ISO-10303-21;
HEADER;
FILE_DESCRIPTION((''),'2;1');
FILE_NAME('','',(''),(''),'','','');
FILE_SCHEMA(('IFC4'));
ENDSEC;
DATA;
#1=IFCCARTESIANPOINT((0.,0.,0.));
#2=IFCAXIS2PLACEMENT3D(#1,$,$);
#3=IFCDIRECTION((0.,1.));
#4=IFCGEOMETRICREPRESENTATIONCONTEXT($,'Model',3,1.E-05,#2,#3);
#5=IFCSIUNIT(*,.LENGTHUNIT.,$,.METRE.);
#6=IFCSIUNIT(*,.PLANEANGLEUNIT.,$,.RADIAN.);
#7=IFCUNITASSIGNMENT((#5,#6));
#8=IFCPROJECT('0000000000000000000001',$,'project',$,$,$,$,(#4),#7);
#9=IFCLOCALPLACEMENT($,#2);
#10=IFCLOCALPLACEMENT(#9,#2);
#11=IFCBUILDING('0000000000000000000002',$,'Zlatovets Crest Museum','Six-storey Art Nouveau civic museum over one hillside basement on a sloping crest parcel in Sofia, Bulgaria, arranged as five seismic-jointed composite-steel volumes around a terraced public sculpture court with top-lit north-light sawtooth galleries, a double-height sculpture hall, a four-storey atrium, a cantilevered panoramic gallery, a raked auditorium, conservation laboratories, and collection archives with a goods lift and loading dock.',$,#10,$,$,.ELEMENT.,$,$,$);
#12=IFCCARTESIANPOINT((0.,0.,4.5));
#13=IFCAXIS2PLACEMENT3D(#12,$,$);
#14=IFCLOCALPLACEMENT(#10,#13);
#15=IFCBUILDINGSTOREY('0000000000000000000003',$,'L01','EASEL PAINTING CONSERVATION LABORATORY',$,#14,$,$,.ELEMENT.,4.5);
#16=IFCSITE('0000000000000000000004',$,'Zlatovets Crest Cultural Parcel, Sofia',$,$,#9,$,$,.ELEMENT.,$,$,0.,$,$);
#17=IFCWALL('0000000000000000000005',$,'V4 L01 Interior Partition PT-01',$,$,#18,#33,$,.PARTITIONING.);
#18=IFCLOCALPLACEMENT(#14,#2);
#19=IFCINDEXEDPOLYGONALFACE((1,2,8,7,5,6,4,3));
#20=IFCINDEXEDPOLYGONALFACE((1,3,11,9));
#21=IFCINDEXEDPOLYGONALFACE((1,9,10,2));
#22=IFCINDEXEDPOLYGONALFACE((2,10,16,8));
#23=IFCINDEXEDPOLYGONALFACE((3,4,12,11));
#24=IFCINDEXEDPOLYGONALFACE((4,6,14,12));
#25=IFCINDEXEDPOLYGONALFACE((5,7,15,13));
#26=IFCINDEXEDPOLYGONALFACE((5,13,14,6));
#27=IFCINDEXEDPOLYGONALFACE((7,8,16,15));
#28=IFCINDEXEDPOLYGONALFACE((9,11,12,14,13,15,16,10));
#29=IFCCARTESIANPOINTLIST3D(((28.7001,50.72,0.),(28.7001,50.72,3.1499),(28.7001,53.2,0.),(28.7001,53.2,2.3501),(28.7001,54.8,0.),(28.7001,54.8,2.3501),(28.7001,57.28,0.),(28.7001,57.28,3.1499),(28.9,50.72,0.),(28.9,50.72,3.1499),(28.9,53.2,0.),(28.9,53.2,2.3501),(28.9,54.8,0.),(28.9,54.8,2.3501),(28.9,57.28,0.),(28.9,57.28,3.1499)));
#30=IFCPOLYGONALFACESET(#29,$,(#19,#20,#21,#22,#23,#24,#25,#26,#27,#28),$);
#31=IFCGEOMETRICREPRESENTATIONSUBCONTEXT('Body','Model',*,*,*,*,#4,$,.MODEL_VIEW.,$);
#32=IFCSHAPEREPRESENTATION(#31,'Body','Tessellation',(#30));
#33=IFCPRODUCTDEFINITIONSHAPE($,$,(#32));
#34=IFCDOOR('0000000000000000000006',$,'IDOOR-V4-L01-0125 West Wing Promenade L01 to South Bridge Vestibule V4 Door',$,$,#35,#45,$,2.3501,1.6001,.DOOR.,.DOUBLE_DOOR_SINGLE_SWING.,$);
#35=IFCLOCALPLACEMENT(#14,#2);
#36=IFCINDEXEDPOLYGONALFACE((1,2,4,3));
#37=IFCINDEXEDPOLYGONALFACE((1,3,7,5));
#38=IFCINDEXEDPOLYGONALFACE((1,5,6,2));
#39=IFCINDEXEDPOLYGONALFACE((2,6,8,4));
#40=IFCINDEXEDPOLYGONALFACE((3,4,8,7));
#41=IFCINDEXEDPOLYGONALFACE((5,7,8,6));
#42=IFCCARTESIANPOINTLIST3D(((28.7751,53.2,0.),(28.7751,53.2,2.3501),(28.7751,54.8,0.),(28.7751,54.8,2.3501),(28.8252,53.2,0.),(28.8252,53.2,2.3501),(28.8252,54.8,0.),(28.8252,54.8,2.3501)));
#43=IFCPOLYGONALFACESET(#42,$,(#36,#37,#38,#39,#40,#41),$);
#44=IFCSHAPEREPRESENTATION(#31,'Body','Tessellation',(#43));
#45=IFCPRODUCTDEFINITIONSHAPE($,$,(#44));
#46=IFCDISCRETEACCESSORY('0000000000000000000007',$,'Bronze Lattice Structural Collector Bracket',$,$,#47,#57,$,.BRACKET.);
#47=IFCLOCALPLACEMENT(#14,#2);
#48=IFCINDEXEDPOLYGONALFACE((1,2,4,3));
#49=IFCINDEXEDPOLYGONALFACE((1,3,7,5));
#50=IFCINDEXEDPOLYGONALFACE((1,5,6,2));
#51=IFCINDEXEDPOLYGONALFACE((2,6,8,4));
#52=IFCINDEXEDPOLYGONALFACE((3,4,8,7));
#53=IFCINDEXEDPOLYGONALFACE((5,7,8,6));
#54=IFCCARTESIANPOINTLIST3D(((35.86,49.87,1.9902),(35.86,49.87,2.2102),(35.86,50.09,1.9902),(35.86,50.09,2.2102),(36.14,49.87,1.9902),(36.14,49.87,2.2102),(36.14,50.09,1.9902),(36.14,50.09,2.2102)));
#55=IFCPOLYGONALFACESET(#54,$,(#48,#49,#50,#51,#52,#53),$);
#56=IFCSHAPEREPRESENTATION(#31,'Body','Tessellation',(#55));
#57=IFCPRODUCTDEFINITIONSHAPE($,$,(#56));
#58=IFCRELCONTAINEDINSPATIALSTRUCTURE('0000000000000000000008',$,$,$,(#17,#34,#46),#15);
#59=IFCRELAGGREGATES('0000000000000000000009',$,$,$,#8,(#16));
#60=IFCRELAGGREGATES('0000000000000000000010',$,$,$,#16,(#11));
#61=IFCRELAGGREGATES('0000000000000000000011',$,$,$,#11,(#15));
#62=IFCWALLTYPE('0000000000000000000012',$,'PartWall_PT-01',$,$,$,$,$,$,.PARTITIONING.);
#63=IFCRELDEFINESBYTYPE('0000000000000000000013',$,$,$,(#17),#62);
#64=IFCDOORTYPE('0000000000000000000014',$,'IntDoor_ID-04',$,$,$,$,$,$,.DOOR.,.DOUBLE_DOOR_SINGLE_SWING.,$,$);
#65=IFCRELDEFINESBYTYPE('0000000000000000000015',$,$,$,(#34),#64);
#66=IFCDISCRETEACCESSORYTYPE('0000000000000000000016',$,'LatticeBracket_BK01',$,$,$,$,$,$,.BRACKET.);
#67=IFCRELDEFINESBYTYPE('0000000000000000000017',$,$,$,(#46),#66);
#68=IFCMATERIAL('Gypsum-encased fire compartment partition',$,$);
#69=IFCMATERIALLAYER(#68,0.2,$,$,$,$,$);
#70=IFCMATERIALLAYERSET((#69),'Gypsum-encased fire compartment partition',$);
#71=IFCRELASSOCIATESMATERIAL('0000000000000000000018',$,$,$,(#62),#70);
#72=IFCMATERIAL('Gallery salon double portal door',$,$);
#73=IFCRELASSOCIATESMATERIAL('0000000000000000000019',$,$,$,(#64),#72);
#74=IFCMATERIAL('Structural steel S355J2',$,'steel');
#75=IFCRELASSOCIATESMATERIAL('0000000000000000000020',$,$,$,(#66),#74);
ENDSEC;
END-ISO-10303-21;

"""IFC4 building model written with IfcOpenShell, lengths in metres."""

from ifc_helpers import new_model, si_unit, direction, frame, frame_2d, origin, origin_2d, place, context, subcontext, project, spatial, rectangle, extrude, material, layer, layer_set, type_object, element, fill, save


model = new_model("IFC4")

# Units and contexts
model_context = context("Model", 3, precision=1e-05, world=origin(), true_north=direction((0.0, 1.0)))
body_context = subcontext(model_context, "Body", "Model", "MODEL_VIEW")
ifc_project = project(units=[si_unit("LENGTHUNIT", "METRE"), si_unit("PLANEANGLEUNIT", "RADIAN")], contexts=[model_context])

# Site, building, storey
site_placement = place(None, origin())
site = spatial("IfcSite", under=ifc_project, at=site_placement, Name="Zlatovets Crest Cultural Parcel, Sofia", CompositionType="ELEMENT", RefElevation=0.0)
building_placement = place(site_placement, origin())
building = spatial("IfcBuilding", under=site, at=building_placement, Name="Zlatovets Crest Museum", Description="Six-storey Art Nouveau civic museum over one hillside basement on a sloping crest parcel in Sofia, Bulgaria, arranged as five seismic-jointed composite-steel volumes around a terraced public sculpture court with top-lit north-light sawtooth galleries, a double-height sculpture hall, a four-storey atrium, a cantilevered panoramic gallery, a raked auditorium, conservation laboratories, and collection archives with a goods lift and loading dock.", CompositionType="ELEMENT")
storey_placement = place(building_placement, frame((0.0, 0.0, 4.5)))
storey = spatial("IfcBuildingStorey", under=building, at=storey_placement, Name="L01", Description="EASEL PAINTING CONSERVATION LABORATORY", CompositionType="ELEMENT", Elevation=4.5)

# Shared definitions
ifc_material_1 = material(Name="Structural steel S355J2", Category="steel")

# Wall, opening, door
ifc_material_2 = material(Name="Gypsum-encased fire compartment partition")
ifc_layer_1 = layer(ifc_material_2, 0.2)
ifc_layer_set_1 = layer_set([ifc_layer_1], Name="Gypsum-encased fire compartment partition")
wall_type_1 = type_object("IfcWallType", Name="PartWall_PT-01", PredefinedType="PARTITIONING", material=ifc_layer_set_1)
wall_1_placement = place(storey_placement, frame((28.8, 50.72, 0.0), z_axis=(0.0, 0.0, 1.0), x_axis=(0.0, 1.0, 0.0)))
wall_1 = element("IfcWall", 1, at=wall_1_placement, inside=storey, type_object=wall_type_1, Name="V4 L01 Interior Partition PT-01", PredefinedType="PARTITIONING", context=body_context, shape_type="SweptSolid", body=[
    extrude(rectangle(XDim=6.5601, YDim=0.2, at=frame_2d((3.28, 0.0))), origin(), (0.0, 0.0, 1.0), 3.1499),
])
opening_placement = place(wall_1_placement, frame((2.48, 0.0, 0.0)))
opening = element("IfcOpeningElement", 2, at=opening_placement, cuts=wall_1, PredefinedType="OPENING", context=body_context, shape_type="SweptSolid", body=[
    extrude(rectangle(XDim=1.6001, YDim=2.3501, at=frame_2d((0.8, 1.175))), frame((0.0, 0.1099, 0.0), z_axis=(0.0, -1.0, 0.0), x_axis=(1.0, 0.0, 0.0)), (0.0, 0.0, 1.0), 0.22),
])
ifc_material_3 = material(Name="Gallery salon double portal door")
door_type = type_object("IfcDoorType", Name="IntDoor_ID-04", OperationType="DOUBLE_DOOR_SINGLE_SWING", PredefinedType="DOOR", material=ifc_material_3)
door_placement = place(opening_placement, origin())
door = element("IfcDoor", 3, at=door_placement, inside=storey, type_object=door_type, Name="IDOOR-V4-L01-0125 West Wing Promenade L01 to South Bridge Vestibule V4 Door", OperationType="DOUBLE_DOOR_SINGLE_SWING", OverallHeight=2.3501, OverallWidth=1.6001, PredefinedType="DOOR", context=body_context, shape_type="SweptSolid", body=[
    extrude(rectangle(XDim=1.6001, YDim=2.3501, at=frame_2d((0.8, 1.175))), frame((0.0, 0.0249, 0.0), z_axis=(0.0, -1.0, 0.0), x_axis=(1.0, 0.0, 0.0)), (0.0, 0.0, 1.0), 0.05),
])
fill(opening, door)

# Discrete accessory
discrete_accessory_type = type_object("IfcDiscreteAccessoryType", Name="LatticeBracket_BK01", PredefinedType="BRACKET", material=ifc_material_1)
discrete_accessory_placement = place(storey_placement, frame((36.0, 49.98, 1.9902), z_axis=(0.0, 0.0, 1.0), x_axis=(1.0, 0.0, 0.0)))
element("IfcDiscreteAccessory", 4, at=discrete_accessory_placement, inside=storey, type_object=discrete_accessory_type, Name="Bronze Lattice Structural Collector Bracket", PredefinedType="BRACKET", context=body_context, shape_type="SweptSolid", body=[
    extrude(rectangle(XDim=0.28, YDim=0.22, at=origin_2d()), origin(), (0.0, 0.0, 1.0), 0.22),
])

save(model, "model.ifc")
